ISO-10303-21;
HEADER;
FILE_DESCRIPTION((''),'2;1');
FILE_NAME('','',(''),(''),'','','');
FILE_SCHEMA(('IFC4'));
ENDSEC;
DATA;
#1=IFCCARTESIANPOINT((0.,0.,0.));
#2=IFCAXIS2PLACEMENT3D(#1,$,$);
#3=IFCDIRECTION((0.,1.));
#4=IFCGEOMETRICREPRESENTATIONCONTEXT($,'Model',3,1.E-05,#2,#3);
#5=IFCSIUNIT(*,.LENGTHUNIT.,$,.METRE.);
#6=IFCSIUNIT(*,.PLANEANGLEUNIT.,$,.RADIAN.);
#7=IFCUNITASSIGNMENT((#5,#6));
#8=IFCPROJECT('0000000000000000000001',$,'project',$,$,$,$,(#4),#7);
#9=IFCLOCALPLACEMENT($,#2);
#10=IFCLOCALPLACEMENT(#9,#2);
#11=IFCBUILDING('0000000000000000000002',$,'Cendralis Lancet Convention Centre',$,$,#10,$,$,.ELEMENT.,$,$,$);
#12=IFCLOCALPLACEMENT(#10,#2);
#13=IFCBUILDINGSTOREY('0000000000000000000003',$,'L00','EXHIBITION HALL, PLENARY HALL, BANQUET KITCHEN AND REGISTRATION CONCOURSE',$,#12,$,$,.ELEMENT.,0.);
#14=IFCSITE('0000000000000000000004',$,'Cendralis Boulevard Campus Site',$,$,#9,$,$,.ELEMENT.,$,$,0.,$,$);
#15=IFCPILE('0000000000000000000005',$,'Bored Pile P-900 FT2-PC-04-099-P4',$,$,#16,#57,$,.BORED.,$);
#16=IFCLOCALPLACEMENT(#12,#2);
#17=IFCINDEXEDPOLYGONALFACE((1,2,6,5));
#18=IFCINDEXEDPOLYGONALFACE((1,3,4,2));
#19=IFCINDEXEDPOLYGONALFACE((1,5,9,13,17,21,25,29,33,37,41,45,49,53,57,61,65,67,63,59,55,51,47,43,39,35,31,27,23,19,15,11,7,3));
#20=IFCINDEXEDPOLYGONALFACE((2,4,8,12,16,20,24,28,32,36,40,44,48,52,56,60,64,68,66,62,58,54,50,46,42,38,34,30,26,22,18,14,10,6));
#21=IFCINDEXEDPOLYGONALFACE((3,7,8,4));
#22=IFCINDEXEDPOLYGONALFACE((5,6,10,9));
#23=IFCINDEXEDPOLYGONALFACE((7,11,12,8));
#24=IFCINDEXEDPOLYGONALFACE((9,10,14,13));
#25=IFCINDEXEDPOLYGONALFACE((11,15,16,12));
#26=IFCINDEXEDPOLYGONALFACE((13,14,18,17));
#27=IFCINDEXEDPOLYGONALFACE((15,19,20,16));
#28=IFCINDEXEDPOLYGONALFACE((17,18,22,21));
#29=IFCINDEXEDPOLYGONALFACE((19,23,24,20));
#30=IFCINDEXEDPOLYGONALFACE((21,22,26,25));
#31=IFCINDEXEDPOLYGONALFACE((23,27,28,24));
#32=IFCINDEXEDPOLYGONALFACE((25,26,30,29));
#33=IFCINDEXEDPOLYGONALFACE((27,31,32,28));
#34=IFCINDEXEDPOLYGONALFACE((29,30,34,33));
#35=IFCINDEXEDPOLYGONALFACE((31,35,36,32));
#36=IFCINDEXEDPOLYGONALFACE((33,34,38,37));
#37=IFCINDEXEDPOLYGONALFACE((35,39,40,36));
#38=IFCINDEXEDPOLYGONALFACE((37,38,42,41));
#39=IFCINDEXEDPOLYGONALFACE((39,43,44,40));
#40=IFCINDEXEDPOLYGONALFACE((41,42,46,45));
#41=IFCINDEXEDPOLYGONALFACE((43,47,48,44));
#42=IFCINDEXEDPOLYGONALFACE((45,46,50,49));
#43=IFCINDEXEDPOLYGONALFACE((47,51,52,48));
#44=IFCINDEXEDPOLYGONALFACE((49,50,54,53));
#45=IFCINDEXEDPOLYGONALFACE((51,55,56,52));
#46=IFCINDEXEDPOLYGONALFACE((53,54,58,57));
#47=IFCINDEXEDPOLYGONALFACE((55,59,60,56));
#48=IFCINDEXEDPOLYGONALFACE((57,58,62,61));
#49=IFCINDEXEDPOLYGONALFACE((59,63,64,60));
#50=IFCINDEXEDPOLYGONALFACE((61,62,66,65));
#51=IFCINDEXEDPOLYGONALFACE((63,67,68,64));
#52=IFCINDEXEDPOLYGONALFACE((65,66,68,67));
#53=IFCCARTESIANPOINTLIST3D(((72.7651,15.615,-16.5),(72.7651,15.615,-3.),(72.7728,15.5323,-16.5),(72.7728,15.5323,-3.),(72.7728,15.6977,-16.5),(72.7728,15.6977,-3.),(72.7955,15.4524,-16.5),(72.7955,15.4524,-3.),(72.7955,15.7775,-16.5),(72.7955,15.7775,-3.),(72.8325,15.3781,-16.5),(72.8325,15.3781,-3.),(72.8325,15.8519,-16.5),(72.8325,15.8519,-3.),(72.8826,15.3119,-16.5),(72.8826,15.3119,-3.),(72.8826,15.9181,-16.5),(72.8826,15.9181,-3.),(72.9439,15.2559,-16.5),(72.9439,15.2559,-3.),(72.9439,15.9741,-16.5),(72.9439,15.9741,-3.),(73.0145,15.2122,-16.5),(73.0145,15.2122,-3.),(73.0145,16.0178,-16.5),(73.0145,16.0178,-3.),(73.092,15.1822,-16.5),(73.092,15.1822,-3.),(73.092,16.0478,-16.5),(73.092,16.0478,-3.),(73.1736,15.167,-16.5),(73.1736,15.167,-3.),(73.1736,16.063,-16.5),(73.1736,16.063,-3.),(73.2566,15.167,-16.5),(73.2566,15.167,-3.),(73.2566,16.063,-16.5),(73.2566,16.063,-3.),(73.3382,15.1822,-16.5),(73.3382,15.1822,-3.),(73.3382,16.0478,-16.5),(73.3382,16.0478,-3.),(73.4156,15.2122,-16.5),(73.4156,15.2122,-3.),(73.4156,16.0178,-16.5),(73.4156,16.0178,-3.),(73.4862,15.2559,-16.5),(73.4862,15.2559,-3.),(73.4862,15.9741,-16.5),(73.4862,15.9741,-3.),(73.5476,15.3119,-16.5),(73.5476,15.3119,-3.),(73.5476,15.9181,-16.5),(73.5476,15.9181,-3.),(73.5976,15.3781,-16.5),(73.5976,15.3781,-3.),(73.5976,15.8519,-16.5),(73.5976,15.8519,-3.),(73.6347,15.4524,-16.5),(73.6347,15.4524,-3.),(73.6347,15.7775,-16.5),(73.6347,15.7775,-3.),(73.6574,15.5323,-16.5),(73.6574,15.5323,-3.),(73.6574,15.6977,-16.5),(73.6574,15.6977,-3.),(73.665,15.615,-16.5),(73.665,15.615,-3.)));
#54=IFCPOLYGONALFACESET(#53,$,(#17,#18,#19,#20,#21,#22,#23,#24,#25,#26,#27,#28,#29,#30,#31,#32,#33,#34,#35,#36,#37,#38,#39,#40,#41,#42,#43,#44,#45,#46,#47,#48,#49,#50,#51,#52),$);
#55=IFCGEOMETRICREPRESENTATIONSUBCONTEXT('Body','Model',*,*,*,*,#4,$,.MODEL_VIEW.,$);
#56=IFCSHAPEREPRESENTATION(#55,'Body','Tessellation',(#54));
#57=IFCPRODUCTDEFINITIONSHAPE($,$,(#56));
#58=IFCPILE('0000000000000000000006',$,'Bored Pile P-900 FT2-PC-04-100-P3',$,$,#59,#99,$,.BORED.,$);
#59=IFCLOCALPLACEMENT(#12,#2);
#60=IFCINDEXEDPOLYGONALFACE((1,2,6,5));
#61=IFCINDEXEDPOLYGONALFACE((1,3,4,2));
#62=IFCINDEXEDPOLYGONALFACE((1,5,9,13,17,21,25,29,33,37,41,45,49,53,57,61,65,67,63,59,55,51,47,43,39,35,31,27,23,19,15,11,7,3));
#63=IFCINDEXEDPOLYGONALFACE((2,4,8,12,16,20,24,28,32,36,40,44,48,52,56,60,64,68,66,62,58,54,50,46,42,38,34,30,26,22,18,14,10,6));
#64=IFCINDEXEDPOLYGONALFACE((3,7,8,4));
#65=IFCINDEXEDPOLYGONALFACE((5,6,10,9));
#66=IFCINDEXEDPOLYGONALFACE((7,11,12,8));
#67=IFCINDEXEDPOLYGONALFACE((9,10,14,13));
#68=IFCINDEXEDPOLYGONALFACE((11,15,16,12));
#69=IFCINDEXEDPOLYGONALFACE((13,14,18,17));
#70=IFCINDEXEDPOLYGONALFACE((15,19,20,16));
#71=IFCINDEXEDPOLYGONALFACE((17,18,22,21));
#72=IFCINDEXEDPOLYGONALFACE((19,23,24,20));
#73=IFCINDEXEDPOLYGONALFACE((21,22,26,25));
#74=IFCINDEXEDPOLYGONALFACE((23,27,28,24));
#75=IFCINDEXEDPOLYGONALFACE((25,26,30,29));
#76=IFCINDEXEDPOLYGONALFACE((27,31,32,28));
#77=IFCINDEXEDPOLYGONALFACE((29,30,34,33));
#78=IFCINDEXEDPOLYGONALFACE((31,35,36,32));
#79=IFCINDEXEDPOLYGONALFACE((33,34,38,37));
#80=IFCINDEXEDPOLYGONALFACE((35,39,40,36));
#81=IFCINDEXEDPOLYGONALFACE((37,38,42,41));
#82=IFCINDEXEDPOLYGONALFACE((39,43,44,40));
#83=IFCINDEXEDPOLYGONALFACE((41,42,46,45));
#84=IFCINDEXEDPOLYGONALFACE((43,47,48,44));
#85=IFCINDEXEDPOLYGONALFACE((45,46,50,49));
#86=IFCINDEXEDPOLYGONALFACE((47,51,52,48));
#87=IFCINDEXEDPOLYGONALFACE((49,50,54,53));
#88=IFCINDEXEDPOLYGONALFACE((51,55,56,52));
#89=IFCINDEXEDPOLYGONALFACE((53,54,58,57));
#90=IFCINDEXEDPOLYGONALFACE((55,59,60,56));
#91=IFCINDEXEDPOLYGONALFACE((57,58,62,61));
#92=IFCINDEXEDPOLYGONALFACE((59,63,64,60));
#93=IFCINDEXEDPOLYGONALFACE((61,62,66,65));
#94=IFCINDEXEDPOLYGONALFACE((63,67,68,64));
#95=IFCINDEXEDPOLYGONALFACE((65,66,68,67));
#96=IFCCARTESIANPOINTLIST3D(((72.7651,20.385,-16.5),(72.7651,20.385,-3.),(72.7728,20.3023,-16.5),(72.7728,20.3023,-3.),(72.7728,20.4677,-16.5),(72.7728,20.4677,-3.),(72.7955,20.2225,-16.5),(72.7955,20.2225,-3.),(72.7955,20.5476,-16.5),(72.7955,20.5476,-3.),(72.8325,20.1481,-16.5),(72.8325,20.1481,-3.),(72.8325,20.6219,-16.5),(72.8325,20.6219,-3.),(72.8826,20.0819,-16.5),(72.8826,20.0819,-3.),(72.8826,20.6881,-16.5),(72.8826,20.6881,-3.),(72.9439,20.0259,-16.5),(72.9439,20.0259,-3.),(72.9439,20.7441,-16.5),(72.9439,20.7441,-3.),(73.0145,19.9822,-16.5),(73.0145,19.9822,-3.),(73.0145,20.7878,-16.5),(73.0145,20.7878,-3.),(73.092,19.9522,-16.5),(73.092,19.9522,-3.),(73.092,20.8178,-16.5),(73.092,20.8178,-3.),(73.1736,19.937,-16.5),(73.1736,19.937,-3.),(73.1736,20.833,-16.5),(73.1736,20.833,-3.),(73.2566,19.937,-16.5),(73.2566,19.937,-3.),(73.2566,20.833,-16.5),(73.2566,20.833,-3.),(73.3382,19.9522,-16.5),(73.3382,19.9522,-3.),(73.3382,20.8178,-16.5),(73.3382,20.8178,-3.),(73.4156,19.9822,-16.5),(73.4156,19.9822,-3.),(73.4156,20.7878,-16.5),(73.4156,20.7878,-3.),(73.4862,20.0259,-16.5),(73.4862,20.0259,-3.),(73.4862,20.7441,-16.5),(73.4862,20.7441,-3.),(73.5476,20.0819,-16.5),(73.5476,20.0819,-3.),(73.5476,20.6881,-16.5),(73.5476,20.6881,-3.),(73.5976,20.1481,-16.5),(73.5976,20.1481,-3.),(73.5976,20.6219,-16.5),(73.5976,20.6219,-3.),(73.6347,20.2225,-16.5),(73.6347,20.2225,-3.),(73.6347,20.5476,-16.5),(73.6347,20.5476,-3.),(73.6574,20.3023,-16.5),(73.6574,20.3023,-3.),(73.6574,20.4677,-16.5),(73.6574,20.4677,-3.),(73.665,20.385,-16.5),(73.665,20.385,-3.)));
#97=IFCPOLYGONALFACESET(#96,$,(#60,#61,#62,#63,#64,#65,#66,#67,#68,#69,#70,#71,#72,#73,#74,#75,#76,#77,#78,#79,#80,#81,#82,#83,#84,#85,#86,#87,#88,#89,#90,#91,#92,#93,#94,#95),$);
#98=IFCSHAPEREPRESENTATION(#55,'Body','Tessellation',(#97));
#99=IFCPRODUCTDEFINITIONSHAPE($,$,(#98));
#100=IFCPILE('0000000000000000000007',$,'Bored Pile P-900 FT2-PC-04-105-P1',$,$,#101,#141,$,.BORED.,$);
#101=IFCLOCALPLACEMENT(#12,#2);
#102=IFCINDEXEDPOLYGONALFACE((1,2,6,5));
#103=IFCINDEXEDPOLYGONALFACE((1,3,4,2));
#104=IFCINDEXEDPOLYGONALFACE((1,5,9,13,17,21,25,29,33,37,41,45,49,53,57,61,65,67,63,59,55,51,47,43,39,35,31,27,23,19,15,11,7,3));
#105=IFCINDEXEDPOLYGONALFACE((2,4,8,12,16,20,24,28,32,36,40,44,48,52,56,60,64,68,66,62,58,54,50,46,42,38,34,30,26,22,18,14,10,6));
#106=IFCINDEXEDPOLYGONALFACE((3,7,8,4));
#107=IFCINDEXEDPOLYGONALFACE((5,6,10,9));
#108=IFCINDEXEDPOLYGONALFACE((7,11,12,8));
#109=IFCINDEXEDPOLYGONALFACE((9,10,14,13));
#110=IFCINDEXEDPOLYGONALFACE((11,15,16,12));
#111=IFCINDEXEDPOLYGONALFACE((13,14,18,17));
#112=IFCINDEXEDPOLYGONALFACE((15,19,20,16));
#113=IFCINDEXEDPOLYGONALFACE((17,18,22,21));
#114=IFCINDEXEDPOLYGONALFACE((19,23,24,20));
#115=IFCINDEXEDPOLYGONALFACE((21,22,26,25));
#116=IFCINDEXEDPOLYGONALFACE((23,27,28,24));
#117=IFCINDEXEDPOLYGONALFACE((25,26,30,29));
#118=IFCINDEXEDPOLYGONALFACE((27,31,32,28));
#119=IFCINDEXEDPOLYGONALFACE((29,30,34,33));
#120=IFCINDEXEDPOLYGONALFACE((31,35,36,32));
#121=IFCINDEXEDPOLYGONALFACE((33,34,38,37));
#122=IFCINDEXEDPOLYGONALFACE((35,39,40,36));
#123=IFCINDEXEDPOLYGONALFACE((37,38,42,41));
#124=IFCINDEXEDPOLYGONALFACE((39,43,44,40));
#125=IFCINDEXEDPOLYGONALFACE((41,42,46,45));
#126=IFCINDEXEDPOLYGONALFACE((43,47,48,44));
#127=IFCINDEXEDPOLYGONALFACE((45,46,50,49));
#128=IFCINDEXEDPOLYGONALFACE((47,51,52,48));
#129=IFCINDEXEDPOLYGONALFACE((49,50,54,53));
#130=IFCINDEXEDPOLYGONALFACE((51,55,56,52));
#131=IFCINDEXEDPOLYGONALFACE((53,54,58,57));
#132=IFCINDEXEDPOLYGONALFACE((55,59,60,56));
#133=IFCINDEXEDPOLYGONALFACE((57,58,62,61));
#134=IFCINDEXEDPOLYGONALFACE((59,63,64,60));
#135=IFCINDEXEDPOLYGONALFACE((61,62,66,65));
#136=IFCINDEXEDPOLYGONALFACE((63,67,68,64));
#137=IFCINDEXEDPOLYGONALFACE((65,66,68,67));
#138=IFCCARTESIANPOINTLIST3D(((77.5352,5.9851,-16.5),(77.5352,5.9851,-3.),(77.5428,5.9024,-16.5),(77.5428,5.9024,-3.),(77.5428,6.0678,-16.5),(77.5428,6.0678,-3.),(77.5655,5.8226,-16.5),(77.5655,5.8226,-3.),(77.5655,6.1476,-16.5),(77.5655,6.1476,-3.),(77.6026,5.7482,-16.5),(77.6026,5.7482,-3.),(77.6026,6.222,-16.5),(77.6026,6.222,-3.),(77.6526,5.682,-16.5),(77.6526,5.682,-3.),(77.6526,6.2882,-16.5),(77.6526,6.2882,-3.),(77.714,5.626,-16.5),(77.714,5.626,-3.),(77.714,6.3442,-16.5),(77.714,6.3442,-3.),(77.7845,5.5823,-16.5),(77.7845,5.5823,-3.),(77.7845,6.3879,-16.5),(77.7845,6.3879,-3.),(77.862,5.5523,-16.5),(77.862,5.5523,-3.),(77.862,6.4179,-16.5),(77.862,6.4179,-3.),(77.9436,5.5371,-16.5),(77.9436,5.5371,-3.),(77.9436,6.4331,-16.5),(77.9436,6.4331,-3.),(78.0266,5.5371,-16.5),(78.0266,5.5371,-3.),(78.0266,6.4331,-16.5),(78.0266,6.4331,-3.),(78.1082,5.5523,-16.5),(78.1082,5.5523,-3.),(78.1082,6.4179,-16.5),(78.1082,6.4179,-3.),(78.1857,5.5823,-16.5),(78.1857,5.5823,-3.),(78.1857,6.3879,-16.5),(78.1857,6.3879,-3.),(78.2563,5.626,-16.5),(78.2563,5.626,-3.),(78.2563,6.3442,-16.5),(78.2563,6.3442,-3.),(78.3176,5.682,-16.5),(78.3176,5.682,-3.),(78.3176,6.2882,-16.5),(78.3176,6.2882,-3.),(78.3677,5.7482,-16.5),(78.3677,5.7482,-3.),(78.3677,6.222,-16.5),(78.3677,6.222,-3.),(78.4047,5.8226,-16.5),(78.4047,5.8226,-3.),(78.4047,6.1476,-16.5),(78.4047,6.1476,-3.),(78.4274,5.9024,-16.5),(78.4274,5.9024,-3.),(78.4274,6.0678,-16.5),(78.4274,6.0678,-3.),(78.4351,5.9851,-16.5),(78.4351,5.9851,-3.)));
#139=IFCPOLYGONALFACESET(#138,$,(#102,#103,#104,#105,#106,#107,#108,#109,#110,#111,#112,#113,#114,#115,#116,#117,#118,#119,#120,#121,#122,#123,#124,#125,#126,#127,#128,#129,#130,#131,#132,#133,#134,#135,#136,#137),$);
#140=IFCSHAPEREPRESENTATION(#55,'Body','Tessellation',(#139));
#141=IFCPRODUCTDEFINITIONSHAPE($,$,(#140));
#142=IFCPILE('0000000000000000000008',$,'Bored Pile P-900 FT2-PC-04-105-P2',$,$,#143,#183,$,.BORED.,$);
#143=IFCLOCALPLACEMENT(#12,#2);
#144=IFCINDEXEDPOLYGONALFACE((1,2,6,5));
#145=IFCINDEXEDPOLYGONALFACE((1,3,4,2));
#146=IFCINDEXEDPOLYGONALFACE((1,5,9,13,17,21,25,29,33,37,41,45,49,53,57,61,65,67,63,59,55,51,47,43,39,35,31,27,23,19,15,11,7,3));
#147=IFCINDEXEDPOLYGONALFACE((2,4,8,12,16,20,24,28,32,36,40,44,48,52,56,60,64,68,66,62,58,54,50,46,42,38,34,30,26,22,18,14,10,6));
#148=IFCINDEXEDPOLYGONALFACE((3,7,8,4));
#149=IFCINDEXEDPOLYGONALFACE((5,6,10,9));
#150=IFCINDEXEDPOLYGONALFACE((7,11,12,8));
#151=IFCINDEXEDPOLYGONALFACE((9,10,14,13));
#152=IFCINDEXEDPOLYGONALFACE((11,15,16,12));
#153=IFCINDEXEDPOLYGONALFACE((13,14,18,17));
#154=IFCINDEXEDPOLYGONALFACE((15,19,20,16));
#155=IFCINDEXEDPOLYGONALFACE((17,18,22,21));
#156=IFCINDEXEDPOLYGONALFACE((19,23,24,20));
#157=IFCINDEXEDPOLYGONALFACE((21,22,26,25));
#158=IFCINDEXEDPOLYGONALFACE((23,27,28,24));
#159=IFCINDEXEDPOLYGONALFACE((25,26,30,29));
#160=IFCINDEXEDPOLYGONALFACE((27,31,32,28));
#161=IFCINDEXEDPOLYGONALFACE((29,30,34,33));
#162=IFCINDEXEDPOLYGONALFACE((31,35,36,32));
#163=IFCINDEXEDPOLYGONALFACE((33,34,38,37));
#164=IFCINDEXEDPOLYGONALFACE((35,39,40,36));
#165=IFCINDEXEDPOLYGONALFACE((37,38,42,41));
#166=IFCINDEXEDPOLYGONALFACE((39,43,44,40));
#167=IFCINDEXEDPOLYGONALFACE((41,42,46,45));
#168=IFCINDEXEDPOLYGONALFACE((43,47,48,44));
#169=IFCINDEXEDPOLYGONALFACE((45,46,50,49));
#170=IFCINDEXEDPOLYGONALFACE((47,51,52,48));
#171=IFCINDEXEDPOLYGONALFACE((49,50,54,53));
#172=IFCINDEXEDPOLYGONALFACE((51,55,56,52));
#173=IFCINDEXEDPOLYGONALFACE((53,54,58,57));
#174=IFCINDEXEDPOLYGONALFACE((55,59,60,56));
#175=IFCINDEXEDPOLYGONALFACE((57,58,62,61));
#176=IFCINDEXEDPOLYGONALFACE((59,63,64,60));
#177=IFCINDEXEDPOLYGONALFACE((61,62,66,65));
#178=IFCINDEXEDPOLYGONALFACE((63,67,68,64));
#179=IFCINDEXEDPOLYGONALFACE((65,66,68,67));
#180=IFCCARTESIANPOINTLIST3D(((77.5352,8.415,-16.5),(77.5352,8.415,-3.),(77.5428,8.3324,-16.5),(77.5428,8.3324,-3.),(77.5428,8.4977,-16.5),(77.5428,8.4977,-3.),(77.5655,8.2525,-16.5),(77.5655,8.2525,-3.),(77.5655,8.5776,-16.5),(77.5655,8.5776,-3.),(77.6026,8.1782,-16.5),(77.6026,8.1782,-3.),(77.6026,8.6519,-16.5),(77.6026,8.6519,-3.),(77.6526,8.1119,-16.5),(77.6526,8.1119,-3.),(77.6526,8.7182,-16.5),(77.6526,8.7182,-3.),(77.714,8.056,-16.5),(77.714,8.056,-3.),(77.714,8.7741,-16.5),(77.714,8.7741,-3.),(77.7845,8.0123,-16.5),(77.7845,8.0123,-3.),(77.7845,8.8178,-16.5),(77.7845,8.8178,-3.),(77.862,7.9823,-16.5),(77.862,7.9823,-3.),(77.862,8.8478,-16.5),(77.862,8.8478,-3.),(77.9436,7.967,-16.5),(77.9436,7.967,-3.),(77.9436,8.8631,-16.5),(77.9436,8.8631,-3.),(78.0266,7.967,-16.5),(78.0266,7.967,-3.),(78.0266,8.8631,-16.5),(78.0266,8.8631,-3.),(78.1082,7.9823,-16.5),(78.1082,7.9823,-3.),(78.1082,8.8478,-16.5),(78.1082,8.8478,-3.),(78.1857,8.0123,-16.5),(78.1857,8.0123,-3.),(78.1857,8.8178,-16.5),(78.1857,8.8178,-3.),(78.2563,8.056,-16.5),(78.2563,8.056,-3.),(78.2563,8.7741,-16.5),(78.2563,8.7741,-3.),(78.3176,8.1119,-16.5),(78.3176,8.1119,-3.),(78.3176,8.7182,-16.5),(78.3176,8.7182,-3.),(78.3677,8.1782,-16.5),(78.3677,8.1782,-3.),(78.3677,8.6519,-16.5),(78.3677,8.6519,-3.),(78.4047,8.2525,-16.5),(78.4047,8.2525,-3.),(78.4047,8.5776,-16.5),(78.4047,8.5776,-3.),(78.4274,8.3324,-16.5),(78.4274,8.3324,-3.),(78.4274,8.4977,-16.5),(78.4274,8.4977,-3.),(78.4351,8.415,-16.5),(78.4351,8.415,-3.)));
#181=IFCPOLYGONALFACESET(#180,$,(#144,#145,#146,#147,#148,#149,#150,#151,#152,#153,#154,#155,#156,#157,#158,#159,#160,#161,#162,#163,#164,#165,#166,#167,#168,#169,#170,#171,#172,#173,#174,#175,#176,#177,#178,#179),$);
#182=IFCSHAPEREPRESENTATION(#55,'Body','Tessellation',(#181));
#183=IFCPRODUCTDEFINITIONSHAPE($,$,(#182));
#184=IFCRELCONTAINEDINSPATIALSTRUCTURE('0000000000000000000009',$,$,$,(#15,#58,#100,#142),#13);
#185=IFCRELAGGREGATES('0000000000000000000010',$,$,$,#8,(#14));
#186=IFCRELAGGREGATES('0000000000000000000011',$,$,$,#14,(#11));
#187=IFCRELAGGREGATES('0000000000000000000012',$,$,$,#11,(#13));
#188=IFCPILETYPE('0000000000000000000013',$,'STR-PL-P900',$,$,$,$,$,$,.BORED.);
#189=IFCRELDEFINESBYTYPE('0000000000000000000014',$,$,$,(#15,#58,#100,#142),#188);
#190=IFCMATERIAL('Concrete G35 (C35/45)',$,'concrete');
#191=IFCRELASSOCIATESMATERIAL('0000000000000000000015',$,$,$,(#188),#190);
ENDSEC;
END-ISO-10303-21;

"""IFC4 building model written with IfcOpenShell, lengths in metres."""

from ifc_helpers import new_model, si_unit, direction, frame, origin, origin_2d, place, context, subcontext, project, spatial, circle, extrude, material, material_profile, profile_set, type_object, element, save


model = new_model("IFC4")

# Units and contexts
model_context = context("Model", 3, precision=1e-05, world=origin(), true_north=direction((0.0, 1.0)))
body_context = subcontext(model_context, "Body", "Model", "MODEL_VIEW")
ifc_project = project(units=[si_unit("LENGTHUNIT", "METRE"), si_unit("PLANEANGLEUNIT", "RADIAN")], contexts=[model_context])

# Site, building, storey
site_placement = place(None, origin())
site = spatial("IfcSite", under=ifc_project, at=site_placement, Name="Cendralis Boulevard Campus Site", CompositionType="ELEMENT", RefElevation=0.0)
building_placement = place(site_placement, origin())
building = spatial("IfcBuilding", under=site, at=building_placement, Name="Cendralis Lancet Convention Centre", CompositionType="ELEMENT")
storey_placement = place(building_placement, origin())
storey = spatial("IfcBuildingStorey", under=building, at=storey_placement, Name="L00", Description="EXHIBITION HALL, PLENARY HALL, BANQUET KITCHEN AND REGISTRATION CONCOURSE", CompositionType="ELEMENT", Elevation=0.0)

# Shared definitions
ifc_material_1 = material(Name="Concrete G35 (C35/45)", Category="concrete")

# Piles
ifc_material_profile_1 = material_profile(ifc_material_1, circle(Radius=0.45, at=origin_2d()), Name="BORED PILE D900")
ifc_profile_set_1 = profile_set([ifc_material_profile_1], Name="Concrete G35 (C35/45)")
pile_type = type_object("IfcPileType", Name="STR-PL-P900", PredefinedType="BORED", material=ifc_profile_set_1)
for number, where, z_axis, x_axis, name in (
    (1, (73.2151, 15.615, -3.0), (0.0, 0.0, -1.0), (1.0, 0.0, 0.0), "Bored Pile P-900 FT2-PC-04-099-P4"),
    (2, (73.2151, 20.385, -3.0), (0.0, 0.0, -1.0), (1.0, 0.0, 0.0), "Bored Pile P-900 FT2-PC-04-100-P3"),
    (3, (77.9851, 5.9851, -3.0), (0.0, 0.0, -1.0), (1.0, 0.0, 0.0), "Bored Pile P-900 FT2-PC-04-105-P1"),
    (4, (77.9851, 8.415, -3.0), (0.0, 0.0, -1.0), (1.0, 0.0, 0.0), "Bored Pile P-900 FT2-PC-04-105-P2"),
):
    element("IfcPile", number, at=place(storey_placement, frame(where, z_axis=z_axis, x_axis=x_axis)), inside=storey, type_object=pile_type, Name=name, PredefinedType="BORED", context=body_context, shape_type="SweptSolid", body=[
        extrude(circle(Radius=0.45, at=origin_2d()), origin(), (0.0, 0.0, 1.0), 13.5),
    ])

save(model, "model.ifc")
